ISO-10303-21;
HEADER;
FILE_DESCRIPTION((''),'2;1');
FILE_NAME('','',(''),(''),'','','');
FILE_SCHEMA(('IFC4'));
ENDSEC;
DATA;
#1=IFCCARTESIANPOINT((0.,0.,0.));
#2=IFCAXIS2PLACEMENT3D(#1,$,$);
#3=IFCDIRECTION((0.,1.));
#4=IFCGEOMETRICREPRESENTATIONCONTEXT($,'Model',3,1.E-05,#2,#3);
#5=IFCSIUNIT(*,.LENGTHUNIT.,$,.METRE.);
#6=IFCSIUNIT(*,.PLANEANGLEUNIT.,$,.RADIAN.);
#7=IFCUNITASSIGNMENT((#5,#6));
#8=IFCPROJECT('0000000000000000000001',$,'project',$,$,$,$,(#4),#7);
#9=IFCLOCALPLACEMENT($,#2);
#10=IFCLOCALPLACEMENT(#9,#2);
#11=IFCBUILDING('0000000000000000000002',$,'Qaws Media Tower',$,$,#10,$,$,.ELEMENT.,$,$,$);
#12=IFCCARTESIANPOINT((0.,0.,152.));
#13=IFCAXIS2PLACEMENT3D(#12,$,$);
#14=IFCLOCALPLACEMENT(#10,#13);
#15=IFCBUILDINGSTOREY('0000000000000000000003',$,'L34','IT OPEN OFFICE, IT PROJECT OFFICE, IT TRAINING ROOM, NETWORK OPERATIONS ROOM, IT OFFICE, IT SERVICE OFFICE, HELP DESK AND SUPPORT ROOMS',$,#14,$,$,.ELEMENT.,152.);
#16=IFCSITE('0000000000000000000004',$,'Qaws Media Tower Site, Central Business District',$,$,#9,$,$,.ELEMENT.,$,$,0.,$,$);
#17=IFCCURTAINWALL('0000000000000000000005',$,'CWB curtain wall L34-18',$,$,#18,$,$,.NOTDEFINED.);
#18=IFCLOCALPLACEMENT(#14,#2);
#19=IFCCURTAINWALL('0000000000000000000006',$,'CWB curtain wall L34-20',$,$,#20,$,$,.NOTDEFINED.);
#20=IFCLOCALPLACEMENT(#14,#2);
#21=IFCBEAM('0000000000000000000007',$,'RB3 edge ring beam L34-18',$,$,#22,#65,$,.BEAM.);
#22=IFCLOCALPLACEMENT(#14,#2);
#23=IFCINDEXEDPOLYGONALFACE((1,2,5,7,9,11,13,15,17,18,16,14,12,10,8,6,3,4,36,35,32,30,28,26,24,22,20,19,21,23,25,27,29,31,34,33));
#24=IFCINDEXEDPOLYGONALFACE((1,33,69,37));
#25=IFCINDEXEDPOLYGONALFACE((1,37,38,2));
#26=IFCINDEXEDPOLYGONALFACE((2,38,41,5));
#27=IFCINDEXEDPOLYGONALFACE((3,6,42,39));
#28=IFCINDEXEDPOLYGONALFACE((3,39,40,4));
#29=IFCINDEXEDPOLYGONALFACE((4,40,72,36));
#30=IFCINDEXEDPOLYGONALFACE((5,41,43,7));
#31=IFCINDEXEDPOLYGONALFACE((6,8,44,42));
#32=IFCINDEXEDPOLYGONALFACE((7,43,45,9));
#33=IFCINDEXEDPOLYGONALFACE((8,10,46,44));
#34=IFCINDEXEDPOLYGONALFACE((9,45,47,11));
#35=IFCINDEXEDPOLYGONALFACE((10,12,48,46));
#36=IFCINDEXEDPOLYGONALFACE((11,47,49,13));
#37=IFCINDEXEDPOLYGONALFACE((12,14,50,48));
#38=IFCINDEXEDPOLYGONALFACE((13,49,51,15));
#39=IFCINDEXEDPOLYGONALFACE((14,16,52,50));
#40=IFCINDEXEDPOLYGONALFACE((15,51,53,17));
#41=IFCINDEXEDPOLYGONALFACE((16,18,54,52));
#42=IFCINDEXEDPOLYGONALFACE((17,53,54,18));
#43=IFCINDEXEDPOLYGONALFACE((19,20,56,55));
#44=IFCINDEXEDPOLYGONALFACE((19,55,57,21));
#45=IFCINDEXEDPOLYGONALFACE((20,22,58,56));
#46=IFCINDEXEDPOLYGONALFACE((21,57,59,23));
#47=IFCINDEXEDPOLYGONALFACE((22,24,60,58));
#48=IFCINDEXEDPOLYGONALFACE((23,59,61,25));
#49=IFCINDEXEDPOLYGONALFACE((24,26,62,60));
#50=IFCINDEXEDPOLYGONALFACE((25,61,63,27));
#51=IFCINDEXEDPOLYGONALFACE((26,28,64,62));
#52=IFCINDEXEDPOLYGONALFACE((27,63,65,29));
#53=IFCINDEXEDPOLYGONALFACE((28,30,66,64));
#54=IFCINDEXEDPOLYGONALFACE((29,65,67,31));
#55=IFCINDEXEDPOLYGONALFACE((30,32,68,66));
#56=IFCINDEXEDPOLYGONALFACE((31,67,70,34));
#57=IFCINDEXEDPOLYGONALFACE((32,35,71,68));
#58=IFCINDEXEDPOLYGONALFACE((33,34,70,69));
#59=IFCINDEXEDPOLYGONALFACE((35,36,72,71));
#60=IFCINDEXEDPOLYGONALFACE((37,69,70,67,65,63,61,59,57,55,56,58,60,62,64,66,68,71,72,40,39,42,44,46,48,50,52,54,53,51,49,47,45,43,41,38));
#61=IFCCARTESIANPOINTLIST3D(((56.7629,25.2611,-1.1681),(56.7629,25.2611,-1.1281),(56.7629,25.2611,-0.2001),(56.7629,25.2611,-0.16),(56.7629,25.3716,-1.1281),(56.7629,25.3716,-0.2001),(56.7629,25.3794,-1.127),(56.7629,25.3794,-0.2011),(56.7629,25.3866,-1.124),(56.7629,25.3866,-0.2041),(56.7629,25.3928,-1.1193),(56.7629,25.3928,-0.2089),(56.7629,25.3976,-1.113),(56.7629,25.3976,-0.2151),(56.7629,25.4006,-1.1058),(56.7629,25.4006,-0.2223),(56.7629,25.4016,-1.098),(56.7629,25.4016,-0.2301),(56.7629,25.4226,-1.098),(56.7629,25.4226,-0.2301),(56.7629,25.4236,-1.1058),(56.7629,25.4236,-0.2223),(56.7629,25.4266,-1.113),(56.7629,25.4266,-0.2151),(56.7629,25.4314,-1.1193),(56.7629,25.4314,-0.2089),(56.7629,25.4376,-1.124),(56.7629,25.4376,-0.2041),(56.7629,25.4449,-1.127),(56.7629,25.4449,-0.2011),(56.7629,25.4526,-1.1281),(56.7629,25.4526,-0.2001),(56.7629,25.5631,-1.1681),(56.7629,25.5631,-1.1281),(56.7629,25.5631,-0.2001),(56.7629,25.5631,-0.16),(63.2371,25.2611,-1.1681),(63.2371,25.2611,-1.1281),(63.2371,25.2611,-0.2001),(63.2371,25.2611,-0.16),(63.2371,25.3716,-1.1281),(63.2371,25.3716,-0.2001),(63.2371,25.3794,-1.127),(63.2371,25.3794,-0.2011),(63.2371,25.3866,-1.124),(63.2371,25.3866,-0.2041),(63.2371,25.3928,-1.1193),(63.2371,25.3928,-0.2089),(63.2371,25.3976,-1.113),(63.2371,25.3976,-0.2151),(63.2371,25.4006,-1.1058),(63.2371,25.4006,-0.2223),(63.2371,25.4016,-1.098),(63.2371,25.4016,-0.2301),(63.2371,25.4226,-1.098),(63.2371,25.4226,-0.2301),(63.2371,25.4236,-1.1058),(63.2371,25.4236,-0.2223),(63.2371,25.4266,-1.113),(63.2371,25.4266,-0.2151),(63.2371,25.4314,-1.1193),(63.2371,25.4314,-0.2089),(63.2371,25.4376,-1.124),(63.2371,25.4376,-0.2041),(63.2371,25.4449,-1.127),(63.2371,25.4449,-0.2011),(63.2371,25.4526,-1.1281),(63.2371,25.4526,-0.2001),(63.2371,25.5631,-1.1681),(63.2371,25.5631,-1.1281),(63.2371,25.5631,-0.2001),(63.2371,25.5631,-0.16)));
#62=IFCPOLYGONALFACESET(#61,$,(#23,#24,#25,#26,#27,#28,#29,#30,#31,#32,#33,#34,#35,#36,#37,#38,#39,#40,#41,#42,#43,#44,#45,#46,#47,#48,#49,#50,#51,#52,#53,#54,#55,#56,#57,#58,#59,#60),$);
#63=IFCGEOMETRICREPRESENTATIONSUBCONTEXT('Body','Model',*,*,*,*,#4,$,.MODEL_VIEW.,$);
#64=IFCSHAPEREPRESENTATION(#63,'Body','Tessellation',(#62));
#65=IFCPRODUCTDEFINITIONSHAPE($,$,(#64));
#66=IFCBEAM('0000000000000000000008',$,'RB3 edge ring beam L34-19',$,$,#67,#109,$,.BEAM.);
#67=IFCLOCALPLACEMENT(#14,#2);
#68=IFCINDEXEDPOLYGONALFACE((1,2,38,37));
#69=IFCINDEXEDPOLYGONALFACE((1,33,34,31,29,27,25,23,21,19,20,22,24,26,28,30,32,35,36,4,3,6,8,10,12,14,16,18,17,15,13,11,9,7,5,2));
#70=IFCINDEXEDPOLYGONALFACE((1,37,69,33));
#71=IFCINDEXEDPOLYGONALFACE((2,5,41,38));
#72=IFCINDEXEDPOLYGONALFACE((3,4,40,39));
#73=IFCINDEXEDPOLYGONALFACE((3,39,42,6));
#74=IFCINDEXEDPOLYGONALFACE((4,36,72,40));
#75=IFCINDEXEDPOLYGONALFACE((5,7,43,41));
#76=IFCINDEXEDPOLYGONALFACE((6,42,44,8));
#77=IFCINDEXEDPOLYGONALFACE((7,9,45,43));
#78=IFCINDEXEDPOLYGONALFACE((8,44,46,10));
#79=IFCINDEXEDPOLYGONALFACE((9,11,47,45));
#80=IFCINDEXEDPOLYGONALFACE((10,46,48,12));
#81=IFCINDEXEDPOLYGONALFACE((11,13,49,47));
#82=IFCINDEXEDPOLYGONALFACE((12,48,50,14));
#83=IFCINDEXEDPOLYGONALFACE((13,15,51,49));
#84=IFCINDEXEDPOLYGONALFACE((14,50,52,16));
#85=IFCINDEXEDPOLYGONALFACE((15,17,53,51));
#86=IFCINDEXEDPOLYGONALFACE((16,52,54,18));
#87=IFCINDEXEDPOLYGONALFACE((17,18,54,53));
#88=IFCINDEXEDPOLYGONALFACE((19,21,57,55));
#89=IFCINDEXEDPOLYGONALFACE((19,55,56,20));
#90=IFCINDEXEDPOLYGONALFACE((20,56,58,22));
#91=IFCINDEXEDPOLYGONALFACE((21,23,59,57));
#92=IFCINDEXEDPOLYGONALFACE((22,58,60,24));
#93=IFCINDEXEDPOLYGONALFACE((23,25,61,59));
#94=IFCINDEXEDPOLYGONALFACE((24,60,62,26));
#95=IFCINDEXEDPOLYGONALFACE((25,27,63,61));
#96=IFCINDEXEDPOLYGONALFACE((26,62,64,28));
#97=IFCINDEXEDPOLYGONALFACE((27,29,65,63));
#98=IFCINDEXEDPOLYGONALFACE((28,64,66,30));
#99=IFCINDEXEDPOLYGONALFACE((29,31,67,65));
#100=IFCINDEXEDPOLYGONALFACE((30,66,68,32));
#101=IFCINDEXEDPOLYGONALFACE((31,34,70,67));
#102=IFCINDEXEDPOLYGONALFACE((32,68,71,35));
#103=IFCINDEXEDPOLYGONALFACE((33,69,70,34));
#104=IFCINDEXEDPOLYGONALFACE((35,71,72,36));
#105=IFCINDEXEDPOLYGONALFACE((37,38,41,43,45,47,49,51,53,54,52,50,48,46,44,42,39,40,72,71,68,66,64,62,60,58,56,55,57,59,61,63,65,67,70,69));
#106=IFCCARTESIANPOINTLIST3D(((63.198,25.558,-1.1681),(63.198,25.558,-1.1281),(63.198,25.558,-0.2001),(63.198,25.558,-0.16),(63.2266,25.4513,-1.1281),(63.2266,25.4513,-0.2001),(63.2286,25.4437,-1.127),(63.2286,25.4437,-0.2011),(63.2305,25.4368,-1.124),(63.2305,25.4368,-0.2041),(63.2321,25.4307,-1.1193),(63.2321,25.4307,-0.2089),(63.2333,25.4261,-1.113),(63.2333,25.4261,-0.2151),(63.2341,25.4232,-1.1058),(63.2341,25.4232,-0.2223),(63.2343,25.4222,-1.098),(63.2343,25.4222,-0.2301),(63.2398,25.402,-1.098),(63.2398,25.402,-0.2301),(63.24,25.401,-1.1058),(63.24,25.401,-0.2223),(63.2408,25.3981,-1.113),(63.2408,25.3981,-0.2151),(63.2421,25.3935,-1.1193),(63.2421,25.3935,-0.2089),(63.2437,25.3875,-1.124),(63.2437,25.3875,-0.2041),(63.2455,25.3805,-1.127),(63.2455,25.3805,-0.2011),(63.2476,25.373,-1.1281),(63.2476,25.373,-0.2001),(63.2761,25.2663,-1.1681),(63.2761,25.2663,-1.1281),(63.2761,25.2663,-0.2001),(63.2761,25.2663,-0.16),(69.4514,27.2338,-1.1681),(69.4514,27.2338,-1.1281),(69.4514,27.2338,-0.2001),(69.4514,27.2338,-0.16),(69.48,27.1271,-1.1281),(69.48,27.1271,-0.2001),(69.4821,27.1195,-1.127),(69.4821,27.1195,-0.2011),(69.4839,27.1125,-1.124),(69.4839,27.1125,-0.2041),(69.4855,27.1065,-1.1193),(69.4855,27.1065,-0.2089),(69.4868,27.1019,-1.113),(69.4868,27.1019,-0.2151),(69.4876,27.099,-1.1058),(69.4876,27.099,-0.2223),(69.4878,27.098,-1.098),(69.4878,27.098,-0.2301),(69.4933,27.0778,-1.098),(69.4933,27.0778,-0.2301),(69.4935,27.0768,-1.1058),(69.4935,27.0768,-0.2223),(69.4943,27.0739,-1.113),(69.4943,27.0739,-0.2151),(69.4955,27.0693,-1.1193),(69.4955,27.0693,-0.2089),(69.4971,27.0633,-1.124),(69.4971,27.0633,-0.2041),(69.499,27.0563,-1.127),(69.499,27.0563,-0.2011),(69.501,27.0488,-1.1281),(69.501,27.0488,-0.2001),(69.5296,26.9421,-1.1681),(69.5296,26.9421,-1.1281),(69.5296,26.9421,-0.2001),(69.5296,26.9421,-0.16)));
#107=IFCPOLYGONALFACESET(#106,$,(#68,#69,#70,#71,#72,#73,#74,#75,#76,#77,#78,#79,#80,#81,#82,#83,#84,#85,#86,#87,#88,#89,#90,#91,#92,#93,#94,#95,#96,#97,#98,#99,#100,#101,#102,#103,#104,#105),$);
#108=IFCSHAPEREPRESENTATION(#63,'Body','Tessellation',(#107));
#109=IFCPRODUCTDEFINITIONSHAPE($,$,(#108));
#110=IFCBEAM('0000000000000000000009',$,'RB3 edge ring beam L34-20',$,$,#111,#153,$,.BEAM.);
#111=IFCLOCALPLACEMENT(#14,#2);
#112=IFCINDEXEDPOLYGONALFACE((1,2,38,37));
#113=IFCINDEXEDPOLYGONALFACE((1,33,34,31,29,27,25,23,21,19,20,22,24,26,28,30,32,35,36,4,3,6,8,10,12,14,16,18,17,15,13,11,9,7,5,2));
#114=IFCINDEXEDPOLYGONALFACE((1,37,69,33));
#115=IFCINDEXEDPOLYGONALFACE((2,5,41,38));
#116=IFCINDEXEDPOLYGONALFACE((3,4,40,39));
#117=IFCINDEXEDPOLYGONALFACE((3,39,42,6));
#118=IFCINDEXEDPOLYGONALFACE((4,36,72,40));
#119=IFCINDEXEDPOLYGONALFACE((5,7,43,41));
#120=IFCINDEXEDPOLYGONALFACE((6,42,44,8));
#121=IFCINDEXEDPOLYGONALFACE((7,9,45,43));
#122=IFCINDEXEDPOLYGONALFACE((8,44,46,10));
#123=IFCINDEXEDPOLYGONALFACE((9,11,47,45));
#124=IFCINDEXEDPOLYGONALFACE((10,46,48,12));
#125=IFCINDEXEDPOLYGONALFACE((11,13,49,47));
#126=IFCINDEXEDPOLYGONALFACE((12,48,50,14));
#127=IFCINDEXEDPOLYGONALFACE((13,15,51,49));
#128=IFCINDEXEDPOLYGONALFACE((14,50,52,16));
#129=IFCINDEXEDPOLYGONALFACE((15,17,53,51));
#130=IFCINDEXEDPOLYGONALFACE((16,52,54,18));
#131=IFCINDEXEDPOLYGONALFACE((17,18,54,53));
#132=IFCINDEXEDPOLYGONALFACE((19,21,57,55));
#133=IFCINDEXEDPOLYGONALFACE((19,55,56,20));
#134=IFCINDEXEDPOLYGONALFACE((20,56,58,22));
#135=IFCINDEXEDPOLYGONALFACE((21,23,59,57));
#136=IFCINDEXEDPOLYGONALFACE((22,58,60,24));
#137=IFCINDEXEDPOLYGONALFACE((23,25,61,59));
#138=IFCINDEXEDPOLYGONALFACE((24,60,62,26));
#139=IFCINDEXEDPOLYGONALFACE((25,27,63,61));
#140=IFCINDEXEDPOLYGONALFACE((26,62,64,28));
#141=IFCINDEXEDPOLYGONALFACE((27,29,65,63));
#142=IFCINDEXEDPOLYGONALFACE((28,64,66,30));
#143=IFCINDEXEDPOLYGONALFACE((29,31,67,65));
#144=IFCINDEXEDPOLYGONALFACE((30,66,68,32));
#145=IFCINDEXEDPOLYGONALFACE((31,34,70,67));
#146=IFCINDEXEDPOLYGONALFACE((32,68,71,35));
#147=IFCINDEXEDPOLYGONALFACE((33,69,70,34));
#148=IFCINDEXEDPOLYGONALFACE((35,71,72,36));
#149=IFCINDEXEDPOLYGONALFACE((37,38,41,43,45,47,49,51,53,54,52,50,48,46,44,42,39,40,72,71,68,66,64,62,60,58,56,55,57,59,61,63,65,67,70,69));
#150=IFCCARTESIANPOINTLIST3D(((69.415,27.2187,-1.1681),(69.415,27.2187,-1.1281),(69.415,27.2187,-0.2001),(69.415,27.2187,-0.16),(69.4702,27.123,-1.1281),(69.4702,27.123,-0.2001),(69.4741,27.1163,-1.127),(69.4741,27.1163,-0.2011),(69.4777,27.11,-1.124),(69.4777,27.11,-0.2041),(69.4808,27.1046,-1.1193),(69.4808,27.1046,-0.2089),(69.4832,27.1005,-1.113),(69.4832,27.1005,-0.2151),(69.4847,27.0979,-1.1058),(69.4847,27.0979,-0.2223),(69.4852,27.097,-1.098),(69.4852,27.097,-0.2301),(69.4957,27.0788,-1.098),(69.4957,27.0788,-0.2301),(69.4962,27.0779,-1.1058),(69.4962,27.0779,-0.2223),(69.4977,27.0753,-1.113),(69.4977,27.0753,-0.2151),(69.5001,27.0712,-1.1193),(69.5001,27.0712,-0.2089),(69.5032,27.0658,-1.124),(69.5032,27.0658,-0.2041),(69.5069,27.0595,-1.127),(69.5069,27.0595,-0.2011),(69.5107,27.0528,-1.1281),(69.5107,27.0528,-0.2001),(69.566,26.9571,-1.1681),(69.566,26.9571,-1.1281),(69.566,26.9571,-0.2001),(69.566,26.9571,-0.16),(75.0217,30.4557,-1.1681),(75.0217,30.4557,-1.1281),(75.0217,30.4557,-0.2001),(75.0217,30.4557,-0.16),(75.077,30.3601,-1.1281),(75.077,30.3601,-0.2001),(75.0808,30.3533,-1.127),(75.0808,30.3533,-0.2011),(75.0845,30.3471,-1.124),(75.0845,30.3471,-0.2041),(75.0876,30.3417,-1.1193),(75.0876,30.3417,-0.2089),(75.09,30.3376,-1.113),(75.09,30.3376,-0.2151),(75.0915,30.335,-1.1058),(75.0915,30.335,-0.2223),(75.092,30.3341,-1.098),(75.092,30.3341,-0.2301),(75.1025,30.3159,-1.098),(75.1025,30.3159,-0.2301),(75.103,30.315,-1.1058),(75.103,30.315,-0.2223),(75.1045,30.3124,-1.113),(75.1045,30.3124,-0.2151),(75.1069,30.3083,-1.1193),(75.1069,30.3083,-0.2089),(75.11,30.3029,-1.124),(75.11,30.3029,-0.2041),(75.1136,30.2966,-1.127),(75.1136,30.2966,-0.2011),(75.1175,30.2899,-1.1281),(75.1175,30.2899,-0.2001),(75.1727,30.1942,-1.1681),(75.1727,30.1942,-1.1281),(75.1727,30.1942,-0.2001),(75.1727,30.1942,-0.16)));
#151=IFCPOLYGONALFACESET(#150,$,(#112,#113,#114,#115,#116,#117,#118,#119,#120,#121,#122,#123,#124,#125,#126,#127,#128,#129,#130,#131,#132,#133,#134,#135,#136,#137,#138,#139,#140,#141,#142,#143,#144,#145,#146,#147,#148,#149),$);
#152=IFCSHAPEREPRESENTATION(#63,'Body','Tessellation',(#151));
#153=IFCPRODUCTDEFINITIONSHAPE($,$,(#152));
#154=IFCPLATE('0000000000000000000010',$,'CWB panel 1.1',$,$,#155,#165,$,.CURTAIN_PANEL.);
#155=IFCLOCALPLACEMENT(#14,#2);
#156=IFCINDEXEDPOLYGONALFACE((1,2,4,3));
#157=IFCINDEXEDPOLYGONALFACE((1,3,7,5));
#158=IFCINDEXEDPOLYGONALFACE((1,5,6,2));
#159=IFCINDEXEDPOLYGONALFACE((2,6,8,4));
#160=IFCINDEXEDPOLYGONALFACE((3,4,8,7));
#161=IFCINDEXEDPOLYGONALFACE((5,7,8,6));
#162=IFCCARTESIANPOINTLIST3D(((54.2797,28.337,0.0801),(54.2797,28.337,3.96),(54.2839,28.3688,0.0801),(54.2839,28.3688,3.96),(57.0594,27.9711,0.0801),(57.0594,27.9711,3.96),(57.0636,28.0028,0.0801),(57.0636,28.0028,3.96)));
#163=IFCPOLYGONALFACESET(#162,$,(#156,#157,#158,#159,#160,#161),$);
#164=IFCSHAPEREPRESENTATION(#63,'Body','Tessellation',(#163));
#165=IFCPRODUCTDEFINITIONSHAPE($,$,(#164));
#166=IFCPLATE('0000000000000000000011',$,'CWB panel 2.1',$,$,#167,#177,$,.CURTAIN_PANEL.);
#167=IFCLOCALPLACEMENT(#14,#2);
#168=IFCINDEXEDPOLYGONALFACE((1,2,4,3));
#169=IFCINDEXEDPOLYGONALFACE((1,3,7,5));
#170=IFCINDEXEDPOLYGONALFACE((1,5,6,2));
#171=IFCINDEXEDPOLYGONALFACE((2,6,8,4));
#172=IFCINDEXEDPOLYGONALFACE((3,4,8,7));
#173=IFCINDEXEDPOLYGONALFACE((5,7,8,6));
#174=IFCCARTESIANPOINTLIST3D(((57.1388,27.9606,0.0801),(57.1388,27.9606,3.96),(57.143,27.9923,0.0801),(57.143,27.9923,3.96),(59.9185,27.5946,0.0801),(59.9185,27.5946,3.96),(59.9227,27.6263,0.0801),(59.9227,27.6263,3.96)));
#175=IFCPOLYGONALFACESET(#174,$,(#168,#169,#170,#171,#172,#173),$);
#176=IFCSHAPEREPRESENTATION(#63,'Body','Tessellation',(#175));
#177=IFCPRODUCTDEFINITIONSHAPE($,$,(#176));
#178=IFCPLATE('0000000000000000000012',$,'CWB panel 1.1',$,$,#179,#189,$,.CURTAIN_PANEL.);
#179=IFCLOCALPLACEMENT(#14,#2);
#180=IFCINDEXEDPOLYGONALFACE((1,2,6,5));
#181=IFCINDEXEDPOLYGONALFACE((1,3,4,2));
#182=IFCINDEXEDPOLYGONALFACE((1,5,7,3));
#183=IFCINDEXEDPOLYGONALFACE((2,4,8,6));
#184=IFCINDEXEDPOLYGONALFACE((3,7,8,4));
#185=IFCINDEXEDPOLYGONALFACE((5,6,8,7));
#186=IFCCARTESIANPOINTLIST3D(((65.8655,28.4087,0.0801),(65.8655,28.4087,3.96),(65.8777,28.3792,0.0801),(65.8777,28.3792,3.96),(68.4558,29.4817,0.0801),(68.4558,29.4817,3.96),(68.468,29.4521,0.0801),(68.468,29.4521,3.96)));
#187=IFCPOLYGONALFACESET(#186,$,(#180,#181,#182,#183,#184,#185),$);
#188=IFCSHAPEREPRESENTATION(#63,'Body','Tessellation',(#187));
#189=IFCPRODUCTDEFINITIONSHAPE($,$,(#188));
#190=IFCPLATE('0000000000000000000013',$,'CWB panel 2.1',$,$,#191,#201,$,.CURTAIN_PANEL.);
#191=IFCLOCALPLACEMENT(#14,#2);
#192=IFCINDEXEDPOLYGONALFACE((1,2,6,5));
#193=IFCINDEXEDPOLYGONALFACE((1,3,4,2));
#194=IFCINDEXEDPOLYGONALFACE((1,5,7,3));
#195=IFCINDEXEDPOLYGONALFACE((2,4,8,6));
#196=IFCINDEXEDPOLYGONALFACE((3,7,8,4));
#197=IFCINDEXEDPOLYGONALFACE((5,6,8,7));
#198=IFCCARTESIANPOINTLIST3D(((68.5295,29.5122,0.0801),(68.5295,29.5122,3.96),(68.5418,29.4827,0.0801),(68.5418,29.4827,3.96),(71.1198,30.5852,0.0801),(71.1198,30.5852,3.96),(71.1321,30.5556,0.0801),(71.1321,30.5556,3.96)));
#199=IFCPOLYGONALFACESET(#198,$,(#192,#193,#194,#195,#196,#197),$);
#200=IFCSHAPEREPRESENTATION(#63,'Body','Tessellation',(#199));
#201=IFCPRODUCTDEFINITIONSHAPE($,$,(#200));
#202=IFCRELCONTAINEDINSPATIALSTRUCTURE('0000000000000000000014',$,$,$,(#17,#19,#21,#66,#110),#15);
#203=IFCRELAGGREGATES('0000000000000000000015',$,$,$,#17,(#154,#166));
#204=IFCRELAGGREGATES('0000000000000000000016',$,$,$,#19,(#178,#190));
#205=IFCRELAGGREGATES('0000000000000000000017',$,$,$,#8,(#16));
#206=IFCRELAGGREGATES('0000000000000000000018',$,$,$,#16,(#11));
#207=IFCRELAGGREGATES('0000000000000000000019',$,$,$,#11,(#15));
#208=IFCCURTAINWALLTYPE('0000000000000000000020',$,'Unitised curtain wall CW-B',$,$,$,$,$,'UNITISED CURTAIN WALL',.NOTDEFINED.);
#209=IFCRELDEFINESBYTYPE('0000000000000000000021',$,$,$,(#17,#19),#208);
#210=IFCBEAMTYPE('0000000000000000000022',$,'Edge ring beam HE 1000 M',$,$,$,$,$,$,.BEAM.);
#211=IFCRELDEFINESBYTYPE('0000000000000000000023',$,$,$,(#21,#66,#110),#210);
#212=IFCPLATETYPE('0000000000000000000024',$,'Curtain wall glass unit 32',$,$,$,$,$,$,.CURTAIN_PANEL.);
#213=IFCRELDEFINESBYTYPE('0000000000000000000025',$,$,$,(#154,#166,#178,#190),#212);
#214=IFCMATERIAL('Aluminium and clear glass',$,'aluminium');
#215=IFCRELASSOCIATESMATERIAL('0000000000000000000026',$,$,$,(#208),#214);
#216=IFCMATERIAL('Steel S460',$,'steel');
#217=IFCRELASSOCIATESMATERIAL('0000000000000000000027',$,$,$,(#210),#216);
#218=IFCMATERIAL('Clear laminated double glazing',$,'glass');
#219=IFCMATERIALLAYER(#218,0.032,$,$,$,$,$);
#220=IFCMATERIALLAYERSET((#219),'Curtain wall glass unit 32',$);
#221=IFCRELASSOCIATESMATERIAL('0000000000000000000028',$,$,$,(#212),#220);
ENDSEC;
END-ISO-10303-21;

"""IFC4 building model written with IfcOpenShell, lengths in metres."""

from ifc_helpers import new_model, si_unit, direction, frame, origin, origin_2d, place, context, subcontext, project, spatial, rectangle, i_section, extrude, material, layer, layer_set, material_profile, profile_set, type_object, element, aggregate, save


model = new_model("IFC4")

# Units and contexts
model_context = context("Model", 3, precision=1e-05, world=origin(), true_north=direction((0.0, 1.0)))
body_context = subcontext(model_context, "Body", "Model", "MODEL_VIEW")
ifc_project = project(units=[si_unit("LENGTHUNIT", "METRE"), si_unit("PLANEANGLEUNIT", "RADIAN")], contexts=[model_context])

# Site, building, storey
site_placement = place(None, origin())
site = spatial("IfcSite", under=ifc_project, at=site_placement, Name="Qaws Media Tower Site, Central Business District", CompositionType="ELEMENT", RefElevation=0.0)
building_placement = place(site_placement, origin())
building = spatial("IfcBuilding", under=site, at=building_placement, Name="Qaws Media Tower", CompositionType="ELEMENT")
storey_placement = place(building_placement, frame((0.0, 0.0, 152.0)))
storey = spatial("IfcBuildingStorey", under=building, at=storey_placement, Name="L34", Description="IT OPEN OFFICE, IT PROJECT OFFICE, IT TRAINING ROOM, NETWORK OPERATIONS ROOM, IT OFFICE, IT SERVICE OFFICE, HELP DESK AND SUPPORT ROOMS", CompositionType="ELEMENT", Elevation=152.0)

# Curtain walls
ifc_material_1 = material(Name="Aluminium and clear glass", Category="aluminium")
curtain_wall_type = type_object("IfcCurtainWallType", Name="Unitised curtain wall CW-B", ElementType="UNITISED CURTAIN WALL", PredefinedType="NOTDEFINED", material=ifc_material_1)
curtain_wall_1_placement = place(storey_placement, origin())
curtain_wall_1 = element("IfcCurtainWall", 1, at=curtain_wall_1_placement, inside=storey, type_object=curtain_wall_type, Name="CWB curtain wall L34-18", PredefinedType="NOTDEFINED")
curtain_wall_2_placement = place(storey_placement, origin())
curtain_wall_2 = element("IfcCurtainWall", 2, at=curtain_wall_2_placement, inside=storey, type_object=curtain_wall_type, Name="CWB curtain wall L34-20", PredefinedType="NOTDEFINED")

# Beams
ifc_material_2 = material(Name="Steel S460", Category="steel")
ifc_material_profile_1 = material_profile(ifc_material_2, i_section(OverallWidth=0.302, OverallDepth=1.0081, WebThickness=0.021, FlangeThickness=0.04, FilletRadius=0.03, at=origin_2d()), Name="HE 1000 M")
ifc_profile_set_1 = profile_set([ifc_material_profile_1], Name="Steel S460")
beam_type = type_object("IfcBeamType", Name="Edge ring beam HE 1000 M", PredefinedType="BEAM", material=ifc_profile_set_1)
for number, where, z_axis, x_axis, name in (
    (3, (56.7629, 25.4121, -0.6641), (1.0, 0.0, 0.0), (0.0, 1.0, 0.0), "RB3 edge ring beam L34-18"),
    (4, (63.2371, 25.4121, -0.6641), (0.965919, 0.258845, 0.0), (-0.258845, 0.965919, 0.0), "RB3 edge ring beam L34-19"),
    (5, (69.4905, 27.0879, -0.6641), (0.866023, 0.500004, 0.0), (-0.500004, 0.866023, 0.0), "RB3 edge ring beam L34-20"),
):
    element("IfcBeam", number, at=place(storey_placement, frame(where, z_axis=z_axis, x_axis=x_axis)), inside=storey, type_object=beam_type, Name=name, PredefinedType="BEAM", context=body_context, shape_type="SweptSolid", body=[
        extrude(i_section(OverallWidth=0.302, OverallDepth=1.0081, WebThickness=0.021, FlangeThickness=0.04, FilletRadius=0.03, at=origin_2d()), origin(), (0.0, 0.0, 1.0), 6.4741),
    ])

# Plates
ifc_material_3 = material(Name="Clear laminated double glazing", Category="glass")
ifc_layer_1 = layer(ifc_material_3, 0.032)
ifc_layer_set_1 = layer_set([ifc_layer_1], Name="Curtain wall glass unit 32")
plate_type_1 = type_object("IfcPlateType", Name="Curtain wall glass unit 32", PredefinedType="CURTAIN_PANEL", material=ifc_layer_set_1)
plate_1_placement = place(storey_placement, frame((55.6716, 28.1699, 0.0801), z_axis=(0.0, 0.0, 1.0), x_axis=(0.991445, -0.130526, 0.0)))
plate_1 = element("IfcPlate", 6, at=plate_1_placement, type_object=plate_type_1, Name="CWB panel 1.1", PredefinedType="CURTAIN_PANEL", context=body_context, shape_type="SweptSolid", body=[
    extrude(rectangle(XDim=2.8037, YDim=0.032, at=origin_2d()), origin(), (0.0, 0.0, 1.0), 3.8799),
])
plate_2_placement = place(storey_placement, frame((58.5308, 27.7935, 0.0801), z_axis=(0.0, 0.0, 1.0), x_axis=(0.991445, -0.130526, 0.0)))
plate_2 = element("IfcPlate", 7, at=plate_2_placement, type_object=plate_type_1, Name="CWB panel 2.1", PredefinedType="CURTAIN_PANEL", context=body_context, shape_type="SweptSolid", body=[
    extrude(rectangle(XDim=2.8037, YDim=0.032, at=origin_2d()), origin(), (0.0, 0.0, 1.0), 3.8799),
])
aggregate(curtain_wall_1, [plate_1, plate_2])
plate_3_placement = place(storey_placement, frame((67.1667, 28.9304, 0.0801), z_axis=(0.0, 0.0, 1.0), x_axis=(0.923879, 0.382684, 0.0)))
plate_3 = element("IfcPlate", 8, at=plate_3_placement, type_object=plate_type_1, Name="CWB panel 1.1", PredefinedType="CURTAIN_PANEL", context=body_context, shape_type="SweptSolid", body=[
    extrude(rectangle(XDim=2.8037, YDim=0.032, at=origin_2d()), origin(), (0.0, 0.0, 1.0), 3.8799),
])
plate_4_placement = place(storey_placement, frame((69.8308, 30.0339, 0.0801), z_axis=(0.0, 0.0, 1.0), x_axis=(0.923879, 0.382684, 0.0)))
plate_4 = element("IfcPlate", 9, at=plate_4_placement, type_object=plate_type_1, Name="CWB panel 2.1", PredefinedType="CURTAIN_PANEL", context=body_context, shape_type="SweptSolid", body=[
    extrude(rectangle(XDim=2.8037, YDim=0.032, at=origin_2d()), origin(), (0.0, 0.0, 1.0), 3.8799),
])
aggregate(curtain_wall_2, [plate_3, plate_4])

save(model, "model.ifc")
